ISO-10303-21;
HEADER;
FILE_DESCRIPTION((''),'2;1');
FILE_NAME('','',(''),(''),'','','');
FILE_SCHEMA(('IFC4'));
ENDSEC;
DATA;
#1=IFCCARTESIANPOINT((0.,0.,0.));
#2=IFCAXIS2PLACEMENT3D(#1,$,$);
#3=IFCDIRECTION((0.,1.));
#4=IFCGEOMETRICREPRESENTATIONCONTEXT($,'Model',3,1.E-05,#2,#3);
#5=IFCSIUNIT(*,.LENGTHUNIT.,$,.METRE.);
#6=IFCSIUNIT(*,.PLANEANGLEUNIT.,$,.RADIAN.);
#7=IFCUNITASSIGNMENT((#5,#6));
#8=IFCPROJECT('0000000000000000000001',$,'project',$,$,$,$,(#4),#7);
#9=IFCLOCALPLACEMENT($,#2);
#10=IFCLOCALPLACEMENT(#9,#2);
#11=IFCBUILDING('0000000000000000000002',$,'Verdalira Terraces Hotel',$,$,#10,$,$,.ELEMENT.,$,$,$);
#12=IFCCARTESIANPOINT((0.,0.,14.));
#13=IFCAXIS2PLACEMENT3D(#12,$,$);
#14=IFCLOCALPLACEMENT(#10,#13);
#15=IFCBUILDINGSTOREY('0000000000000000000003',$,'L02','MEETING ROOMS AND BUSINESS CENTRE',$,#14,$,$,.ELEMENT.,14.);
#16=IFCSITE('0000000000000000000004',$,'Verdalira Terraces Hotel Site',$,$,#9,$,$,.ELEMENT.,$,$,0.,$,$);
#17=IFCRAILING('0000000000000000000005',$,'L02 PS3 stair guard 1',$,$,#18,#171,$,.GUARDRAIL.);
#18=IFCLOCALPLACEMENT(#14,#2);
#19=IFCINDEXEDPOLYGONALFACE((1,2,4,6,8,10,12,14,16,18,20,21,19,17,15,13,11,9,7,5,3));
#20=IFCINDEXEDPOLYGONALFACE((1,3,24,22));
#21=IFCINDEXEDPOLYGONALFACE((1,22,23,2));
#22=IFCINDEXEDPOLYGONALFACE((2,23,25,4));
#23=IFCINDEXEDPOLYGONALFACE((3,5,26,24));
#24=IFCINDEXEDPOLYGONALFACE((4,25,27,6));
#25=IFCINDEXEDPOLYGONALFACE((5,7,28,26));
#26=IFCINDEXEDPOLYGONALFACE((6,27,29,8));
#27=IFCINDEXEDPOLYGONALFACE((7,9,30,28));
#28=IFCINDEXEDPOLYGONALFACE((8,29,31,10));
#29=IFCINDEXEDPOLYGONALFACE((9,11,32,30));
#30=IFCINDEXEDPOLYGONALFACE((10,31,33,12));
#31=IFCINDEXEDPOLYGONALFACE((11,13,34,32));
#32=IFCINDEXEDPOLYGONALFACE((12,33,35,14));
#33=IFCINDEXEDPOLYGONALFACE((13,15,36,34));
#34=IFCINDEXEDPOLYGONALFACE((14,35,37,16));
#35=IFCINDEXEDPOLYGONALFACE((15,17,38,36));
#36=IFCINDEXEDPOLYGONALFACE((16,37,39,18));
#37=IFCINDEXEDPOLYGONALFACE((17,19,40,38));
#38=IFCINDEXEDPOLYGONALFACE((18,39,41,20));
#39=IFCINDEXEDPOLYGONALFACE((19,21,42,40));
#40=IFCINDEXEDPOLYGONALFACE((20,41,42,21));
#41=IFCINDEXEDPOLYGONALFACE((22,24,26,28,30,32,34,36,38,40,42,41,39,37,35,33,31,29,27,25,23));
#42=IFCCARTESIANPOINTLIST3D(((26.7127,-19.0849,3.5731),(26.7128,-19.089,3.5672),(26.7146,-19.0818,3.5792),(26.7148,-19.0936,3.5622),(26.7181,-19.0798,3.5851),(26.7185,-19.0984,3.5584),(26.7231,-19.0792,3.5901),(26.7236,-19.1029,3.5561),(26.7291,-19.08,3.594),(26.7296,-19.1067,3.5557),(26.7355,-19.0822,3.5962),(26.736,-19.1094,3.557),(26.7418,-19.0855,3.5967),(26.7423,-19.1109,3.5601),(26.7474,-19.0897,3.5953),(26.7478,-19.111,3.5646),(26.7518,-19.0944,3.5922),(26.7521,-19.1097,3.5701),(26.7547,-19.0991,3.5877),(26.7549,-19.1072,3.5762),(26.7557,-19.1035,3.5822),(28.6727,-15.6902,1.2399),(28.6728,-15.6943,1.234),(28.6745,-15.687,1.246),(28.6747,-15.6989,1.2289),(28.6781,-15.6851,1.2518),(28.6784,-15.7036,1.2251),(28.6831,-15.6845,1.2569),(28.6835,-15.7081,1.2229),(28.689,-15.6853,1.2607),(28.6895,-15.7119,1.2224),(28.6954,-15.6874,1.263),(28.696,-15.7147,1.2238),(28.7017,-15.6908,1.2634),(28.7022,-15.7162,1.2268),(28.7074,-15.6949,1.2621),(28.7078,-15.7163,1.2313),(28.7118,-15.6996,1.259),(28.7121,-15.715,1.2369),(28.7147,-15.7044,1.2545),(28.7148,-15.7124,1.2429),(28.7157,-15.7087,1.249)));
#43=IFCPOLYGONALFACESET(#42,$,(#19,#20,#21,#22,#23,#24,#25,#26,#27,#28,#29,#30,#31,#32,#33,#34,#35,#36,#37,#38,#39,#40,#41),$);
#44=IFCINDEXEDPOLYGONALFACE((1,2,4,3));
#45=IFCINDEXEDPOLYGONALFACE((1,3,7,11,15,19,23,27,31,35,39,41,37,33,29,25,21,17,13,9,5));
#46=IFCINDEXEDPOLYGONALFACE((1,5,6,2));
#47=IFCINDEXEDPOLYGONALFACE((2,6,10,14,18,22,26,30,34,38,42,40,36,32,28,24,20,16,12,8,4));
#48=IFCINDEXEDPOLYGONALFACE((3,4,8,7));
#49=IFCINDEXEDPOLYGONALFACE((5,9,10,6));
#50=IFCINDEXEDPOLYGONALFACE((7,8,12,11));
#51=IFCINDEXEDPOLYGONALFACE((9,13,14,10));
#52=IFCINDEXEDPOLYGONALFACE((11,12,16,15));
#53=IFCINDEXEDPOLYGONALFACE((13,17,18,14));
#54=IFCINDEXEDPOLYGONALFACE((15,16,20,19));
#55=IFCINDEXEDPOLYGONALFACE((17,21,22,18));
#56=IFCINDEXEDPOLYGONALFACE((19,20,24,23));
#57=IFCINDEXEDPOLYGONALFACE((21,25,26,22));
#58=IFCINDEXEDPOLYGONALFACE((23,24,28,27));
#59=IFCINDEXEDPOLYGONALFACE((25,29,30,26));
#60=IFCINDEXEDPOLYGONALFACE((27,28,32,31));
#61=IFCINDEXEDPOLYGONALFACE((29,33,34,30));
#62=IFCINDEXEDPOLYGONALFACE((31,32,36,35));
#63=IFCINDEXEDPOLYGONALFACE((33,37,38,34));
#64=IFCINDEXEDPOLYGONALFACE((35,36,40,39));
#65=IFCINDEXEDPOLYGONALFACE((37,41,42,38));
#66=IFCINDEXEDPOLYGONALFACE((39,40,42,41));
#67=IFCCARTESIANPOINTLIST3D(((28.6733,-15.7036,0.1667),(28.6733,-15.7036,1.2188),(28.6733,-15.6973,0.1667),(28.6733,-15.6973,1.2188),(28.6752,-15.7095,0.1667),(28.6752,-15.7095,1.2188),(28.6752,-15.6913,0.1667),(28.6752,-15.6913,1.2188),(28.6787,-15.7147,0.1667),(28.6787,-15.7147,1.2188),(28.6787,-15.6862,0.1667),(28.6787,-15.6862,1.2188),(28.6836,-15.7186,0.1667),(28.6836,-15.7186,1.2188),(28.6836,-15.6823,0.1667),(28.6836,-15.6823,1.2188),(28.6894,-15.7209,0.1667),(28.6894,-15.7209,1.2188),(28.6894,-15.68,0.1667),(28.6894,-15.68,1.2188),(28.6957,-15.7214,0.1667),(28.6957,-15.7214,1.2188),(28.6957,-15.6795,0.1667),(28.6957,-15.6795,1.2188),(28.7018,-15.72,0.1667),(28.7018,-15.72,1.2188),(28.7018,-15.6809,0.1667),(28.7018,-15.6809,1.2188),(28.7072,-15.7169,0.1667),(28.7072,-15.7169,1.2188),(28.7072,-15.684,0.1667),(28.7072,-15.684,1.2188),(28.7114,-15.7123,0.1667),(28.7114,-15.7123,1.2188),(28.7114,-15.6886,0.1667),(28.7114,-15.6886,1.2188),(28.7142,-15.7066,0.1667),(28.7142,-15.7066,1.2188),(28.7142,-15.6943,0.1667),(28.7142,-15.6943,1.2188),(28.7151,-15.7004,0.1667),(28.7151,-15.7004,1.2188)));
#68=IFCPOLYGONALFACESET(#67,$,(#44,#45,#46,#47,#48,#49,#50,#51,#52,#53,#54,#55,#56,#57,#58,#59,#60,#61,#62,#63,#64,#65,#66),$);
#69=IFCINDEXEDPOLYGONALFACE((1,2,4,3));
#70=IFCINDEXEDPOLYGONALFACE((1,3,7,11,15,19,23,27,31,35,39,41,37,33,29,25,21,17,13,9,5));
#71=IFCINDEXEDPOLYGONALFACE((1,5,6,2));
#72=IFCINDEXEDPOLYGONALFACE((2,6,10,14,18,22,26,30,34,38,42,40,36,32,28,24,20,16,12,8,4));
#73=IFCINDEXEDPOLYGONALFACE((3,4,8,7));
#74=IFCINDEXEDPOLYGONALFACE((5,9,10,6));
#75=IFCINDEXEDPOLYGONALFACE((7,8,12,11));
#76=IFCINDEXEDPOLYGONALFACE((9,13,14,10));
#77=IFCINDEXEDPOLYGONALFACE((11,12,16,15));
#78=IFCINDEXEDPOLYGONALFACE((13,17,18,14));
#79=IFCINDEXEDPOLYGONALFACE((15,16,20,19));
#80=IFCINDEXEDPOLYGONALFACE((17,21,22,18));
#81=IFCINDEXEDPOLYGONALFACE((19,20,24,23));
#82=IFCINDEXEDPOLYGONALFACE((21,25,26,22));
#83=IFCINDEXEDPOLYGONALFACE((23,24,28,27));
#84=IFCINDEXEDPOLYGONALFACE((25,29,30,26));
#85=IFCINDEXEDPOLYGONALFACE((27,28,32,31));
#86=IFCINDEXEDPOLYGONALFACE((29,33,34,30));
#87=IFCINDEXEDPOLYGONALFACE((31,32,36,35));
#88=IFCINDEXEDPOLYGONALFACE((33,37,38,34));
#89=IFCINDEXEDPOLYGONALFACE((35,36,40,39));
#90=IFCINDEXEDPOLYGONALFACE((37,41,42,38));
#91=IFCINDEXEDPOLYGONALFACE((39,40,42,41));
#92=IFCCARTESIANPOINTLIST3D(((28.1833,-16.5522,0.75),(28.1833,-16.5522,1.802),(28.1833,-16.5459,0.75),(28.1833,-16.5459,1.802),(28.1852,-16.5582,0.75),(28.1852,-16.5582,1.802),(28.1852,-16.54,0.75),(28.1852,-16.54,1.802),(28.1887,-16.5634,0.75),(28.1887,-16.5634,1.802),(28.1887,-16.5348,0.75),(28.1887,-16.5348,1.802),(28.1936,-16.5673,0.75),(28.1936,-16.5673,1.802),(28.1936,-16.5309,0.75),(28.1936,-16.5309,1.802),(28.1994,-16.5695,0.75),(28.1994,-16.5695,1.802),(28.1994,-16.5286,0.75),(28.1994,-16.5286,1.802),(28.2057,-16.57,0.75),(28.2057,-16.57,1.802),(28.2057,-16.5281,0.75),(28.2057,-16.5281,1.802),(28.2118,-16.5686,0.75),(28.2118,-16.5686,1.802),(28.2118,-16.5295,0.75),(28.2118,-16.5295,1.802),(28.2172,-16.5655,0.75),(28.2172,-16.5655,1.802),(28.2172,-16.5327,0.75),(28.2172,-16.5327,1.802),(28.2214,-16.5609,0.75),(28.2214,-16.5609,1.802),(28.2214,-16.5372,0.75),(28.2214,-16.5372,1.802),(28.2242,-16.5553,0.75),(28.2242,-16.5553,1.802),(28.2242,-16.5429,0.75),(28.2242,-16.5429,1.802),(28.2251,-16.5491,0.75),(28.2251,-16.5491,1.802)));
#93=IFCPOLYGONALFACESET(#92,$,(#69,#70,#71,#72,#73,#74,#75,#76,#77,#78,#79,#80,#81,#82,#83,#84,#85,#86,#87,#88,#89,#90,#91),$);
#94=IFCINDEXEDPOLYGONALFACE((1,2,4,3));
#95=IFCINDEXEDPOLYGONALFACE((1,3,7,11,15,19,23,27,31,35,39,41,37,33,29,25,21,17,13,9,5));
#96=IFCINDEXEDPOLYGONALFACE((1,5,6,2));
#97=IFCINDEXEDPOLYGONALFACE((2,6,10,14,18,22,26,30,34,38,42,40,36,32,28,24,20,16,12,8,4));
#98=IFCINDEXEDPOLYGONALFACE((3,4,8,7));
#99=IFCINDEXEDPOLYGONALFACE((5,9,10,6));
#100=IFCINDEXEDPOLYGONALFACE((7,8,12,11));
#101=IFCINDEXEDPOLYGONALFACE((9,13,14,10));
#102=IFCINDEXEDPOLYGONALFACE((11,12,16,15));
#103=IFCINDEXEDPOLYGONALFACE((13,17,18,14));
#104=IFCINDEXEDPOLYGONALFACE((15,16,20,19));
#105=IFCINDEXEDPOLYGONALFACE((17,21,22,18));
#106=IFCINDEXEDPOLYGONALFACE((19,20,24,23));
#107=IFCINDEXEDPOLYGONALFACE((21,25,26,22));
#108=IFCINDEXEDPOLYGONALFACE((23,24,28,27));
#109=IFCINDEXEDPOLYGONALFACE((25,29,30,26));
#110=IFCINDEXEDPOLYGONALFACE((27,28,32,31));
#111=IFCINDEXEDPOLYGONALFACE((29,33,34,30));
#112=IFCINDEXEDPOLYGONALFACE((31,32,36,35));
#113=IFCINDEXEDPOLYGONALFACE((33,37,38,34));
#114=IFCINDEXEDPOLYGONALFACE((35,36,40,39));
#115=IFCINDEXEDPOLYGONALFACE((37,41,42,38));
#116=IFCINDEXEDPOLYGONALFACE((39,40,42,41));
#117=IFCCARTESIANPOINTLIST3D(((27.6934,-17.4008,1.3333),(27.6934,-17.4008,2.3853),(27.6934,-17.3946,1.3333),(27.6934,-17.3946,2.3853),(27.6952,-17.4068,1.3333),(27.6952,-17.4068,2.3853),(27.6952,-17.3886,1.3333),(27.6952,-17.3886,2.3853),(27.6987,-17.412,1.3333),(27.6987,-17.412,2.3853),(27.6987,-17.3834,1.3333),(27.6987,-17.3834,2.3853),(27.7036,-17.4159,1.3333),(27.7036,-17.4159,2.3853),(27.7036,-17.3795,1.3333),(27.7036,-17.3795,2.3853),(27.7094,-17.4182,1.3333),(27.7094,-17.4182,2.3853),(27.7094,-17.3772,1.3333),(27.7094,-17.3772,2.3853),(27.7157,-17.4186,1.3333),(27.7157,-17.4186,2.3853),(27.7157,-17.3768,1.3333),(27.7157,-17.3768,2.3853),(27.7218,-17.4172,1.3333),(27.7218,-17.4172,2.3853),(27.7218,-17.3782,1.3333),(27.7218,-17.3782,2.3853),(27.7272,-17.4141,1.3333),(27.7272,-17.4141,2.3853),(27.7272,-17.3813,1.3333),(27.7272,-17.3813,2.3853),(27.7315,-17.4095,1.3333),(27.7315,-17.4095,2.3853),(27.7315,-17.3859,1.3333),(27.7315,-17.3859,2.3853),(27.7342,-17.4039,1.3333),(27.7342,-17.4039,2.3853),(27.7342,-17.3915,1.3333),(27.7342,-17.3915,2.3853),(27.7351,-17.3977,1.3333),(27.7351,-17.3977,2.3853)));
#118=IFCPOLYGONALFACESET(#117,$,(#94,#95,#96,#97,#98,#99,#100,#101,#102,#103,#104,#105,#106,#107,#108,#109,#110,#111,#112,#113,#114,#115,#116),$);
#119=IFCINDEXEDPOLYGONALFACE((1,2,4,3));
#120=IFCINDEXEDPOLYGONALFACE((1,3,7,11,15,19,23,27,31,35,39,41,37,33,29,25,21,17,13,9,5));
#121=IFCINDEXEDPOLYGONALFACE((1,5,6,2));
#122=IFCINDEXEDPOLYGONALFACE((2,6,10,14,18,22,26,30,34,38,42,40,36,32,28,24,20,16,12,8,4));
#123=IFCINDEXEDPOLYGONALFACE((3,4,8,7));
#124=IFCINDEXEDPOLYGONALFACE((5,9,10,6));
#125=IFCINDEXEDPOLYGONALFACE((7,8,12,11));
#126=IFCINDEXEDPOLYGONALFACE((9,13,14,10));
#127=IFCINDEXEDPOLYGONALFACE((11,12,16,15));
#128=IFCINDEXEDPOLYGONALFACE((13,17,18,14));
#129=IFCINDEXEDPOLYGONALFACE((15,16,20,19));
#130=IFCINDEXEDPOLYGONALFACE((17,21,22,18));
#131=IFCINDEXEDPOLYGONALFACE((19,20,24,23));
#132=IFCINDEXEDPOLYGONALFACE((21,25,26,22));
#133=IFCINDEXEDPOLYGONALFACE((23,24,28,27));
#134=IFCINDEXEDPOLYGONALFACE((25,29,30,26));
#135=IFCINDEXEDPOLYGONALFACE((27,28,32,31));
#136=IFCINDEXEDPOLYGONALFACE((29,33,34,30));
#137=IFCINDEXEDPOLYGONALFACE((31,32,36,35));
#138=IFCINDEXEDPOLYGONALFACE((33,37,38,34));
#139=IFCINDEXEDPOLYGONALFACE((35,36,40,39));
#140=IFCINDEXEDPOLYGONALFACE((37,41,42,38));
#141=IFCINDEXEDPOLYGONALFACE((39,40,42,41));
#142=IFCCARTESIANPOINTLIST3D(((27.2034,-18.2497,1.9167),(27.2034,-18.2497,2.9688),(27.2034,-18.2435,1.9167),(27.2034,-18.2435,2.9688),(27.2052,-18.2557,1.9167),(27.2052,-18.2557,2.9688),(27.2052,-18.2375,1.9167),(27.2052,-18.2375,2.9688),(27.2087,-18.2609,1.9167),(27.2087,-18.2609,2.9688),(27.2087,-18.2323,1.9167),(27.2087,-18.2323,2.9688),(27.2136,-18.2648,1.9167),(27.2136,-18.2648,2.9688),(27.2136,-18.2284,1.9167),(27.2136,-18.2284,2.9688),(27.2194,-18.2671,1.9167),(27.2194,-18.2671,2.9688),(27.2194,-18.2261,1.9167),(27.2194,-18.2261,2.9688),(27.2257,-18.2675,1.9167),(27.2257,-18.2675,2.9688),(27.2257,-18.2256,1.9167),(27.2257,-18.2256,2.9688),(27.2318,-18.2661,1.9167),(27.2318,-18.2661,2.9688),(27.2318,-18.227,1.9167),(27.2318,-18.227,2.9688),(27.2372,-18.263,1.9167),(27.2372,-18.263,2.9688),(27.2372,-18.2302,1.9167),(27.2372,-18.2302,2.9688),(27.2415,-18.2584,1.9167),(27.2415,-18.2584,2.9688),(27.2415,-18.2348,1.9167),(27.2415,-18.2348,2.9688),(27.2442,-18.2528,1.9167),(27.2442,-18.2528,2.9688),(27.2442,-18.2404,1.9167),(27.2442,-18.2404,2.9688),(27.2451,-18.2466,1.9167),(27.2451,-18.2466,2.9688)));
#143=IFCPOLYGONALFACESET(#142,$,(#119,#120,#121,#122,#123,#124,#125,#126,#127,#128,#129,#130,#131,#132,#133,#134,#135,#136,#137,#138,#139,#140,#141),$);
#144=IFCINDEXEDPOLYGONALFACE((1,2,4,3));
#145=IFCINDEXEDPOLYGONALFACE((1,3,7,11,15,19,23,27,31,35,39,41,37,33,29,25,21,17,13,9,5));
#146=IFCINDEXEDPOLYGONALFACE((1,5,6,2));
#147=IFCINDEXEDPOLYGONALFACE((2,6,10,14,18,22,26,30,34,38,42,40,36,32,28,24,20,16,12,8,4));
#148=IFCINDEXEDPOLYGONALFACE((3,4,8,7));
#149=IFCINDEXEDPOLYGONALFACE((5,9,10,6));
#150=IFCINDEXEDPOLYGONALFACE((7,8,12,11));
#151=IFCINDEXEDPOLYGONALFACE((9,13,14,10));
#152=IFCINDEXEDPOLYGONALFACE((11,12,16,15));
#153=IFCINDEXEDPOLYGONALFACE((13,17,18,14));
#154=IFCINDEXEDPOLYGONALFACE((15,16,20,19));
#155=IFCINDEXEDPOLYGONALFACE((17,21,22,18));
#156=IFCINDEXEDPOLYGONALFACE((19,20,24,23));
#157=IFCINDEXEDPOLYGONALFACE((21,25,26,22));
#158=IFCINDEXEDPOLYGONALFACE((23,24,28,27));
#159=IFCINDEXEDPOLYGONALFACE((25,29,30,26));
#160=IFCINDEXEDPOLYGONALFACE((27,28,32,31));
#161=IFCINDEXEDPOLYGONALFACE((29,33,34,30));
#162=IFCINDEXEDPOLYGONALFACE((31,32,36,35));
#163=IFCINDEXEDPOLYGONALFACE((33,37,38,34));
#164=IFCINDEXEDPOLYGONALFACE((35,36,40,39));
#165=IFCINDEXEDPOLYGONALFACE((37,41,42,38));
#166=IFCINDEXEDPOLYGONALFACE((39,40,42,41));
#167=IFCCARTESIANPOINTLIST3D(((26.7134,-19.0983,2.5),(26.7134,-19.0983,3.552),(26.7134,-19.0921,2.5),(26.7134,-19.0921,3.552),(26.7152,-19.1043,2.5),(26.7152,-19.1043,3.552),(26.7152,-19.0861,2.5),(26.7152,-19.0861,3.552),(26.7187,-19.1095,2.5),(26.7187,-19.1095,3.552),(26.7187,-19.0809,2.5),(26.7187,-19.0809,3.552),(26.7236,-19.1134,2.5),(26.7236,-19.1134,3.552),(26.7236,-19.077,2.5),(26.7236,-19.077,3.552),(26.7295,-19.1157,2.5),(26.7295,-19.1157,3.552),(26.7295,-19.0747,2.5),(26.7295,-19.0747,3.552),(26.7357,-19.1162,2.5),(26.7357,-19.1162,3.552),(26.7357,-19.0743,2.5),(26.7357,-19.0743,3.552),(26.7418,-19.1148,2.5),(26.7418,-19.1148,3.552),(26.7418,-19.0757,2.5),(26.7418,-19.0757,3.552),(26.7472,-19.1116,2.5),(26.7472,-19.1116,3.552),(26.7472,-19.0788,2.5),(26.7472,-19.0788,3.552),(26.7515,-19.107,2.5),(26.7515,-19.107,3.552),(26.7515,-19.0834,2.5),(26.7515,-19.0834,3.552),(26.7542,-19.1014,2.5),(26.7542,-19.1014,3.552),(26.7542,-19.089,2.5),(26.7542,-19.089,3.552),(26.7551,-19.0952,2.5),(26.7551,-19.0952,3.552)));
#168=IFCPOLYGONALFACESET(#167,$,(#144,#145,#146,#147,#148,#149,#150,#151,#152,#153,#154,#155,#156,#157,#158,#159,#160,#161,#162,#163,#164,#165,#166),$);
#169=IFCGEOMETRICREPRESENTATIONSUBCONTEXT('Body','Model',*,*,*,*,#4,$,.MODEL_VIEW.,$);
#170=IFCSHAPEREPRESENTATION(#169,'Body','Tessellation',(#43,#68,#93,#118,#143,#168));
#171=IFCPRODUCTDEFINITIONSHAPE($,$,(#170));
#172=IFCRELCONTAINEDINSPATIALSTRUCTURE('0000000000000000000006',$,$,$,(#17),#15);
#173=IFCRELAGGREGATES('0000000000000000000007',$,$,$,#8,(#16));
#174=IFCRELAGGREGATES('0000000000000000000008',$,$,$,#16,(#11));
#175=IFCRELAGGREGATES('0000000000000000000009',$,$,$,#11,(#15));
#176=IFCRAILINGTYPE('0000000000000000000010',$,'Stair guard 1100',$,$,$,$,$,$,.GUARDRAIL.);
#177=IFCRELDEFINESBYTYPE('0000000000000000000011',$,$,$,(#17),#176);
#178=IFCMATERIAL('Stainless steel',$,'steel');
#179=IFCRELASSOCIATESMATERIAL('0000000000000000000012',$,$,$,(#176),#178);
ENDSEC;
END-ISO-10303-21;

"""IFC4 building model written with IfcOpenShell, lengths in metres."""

from ifc_helpers import new_model, si_unit, direction, frame, origin, origin_2d, place, context, subcontext, project, spatial, circle, extrude, material, type_object, element, save


model = new_model("IFC4")

# Units and contexts
model_context = context("Model", 3, precision=1e-05, world=origin(), true_north=direction((0.0, 1.0)))
body_context = subcontext(model_context, "Body", "Model", "MODEL_VIEW")
ifc_project = project(units=[si_unit("LENGTHUNIT", "METRE"), si_unit("PLANEANGLEUNIT", "RADIAN")], contexts=[model_context])

# Site, building, storey
site_placement = place(None, origin())
site = spatial("IfcSite", under=ifc_project, at=site_placement, Name="Verdalira Terraces Hotel Site", CompositionType="ELEMENT", RefElevation=0.0)
building_placement = place(site_placement, origin())
building = spatial("IfcBuilding", under=site, at=building_placement, Name="Verdalira Terraces Hotel", CompositionType="ELEMENT")
storey_placement = place(building_placement, frame((0.0, 0.0, 14.0)))
storey = spatial("IfcBuildingStorey", under=building, at=storey_placement, Name="L02", Description="MEETING ROOMS AND BUSINESS CENTRE", CompositionType="ELEMENT", Elevation=14.0)

# Railing
ifc_material_1 = material(Name="Stainless steel", Category="steel")
railing_type_1 = type_object("IfcRailingType", Name="Stair guard 1100", PredefinedType="GUARDRAIL", material=ifc_material_1)
railing_1_placement = place(storey_placement, frame((28.6941, -15.7004, 0.1667)))
element("IfcRailing", 1, at=railing_1_placement, inside=storey, type_object=railing_type_1, Name="L02 PS3 stair guard 1", PredefinedType="GUARDRAIL", context=body_context, shape_type="SweptSolid", body=[
    extrude(circle(Radius=0.0239, at=origin_2d()), frame((0.0, 0.0, 1.0762), z_axis=(-0.429646, -0.744175, 0.511476), x_axis=(0.866027, -0.499997, 0.0)), (0.0, 0.0, 1.0), 4.5618),
    extrude(circle(Radius=0.021, at=origin_2d()), origin(), (0.0, 0.0, 1.0), 1.052),
    extrude(circle(Radius=0.021, at=origin_2d()), frame((-0.49, -0.8486, 0.5833)), (0.0, 0.0, 1.0), 1.052),
    extrude(circle(Radius=0.021, at=origin_2d()), frame((-0.98, -1.6973, 1.1665)), (0.0, 0.0, 1.0), 1.052),
    extrude(circle(Radius=0.021, at=origin_2d()), frame((-1.47, -2.5461, 1.75)), (0.0, 0.0, 1.0), 1.052),
    extrude(circle(Radius=0.021, at=origin_2d()), frame((-1.96, -3.3948, 2.3333)), (0.0, 0.0, 1.0), 1.052),
])

save(model, "model.ifc")
